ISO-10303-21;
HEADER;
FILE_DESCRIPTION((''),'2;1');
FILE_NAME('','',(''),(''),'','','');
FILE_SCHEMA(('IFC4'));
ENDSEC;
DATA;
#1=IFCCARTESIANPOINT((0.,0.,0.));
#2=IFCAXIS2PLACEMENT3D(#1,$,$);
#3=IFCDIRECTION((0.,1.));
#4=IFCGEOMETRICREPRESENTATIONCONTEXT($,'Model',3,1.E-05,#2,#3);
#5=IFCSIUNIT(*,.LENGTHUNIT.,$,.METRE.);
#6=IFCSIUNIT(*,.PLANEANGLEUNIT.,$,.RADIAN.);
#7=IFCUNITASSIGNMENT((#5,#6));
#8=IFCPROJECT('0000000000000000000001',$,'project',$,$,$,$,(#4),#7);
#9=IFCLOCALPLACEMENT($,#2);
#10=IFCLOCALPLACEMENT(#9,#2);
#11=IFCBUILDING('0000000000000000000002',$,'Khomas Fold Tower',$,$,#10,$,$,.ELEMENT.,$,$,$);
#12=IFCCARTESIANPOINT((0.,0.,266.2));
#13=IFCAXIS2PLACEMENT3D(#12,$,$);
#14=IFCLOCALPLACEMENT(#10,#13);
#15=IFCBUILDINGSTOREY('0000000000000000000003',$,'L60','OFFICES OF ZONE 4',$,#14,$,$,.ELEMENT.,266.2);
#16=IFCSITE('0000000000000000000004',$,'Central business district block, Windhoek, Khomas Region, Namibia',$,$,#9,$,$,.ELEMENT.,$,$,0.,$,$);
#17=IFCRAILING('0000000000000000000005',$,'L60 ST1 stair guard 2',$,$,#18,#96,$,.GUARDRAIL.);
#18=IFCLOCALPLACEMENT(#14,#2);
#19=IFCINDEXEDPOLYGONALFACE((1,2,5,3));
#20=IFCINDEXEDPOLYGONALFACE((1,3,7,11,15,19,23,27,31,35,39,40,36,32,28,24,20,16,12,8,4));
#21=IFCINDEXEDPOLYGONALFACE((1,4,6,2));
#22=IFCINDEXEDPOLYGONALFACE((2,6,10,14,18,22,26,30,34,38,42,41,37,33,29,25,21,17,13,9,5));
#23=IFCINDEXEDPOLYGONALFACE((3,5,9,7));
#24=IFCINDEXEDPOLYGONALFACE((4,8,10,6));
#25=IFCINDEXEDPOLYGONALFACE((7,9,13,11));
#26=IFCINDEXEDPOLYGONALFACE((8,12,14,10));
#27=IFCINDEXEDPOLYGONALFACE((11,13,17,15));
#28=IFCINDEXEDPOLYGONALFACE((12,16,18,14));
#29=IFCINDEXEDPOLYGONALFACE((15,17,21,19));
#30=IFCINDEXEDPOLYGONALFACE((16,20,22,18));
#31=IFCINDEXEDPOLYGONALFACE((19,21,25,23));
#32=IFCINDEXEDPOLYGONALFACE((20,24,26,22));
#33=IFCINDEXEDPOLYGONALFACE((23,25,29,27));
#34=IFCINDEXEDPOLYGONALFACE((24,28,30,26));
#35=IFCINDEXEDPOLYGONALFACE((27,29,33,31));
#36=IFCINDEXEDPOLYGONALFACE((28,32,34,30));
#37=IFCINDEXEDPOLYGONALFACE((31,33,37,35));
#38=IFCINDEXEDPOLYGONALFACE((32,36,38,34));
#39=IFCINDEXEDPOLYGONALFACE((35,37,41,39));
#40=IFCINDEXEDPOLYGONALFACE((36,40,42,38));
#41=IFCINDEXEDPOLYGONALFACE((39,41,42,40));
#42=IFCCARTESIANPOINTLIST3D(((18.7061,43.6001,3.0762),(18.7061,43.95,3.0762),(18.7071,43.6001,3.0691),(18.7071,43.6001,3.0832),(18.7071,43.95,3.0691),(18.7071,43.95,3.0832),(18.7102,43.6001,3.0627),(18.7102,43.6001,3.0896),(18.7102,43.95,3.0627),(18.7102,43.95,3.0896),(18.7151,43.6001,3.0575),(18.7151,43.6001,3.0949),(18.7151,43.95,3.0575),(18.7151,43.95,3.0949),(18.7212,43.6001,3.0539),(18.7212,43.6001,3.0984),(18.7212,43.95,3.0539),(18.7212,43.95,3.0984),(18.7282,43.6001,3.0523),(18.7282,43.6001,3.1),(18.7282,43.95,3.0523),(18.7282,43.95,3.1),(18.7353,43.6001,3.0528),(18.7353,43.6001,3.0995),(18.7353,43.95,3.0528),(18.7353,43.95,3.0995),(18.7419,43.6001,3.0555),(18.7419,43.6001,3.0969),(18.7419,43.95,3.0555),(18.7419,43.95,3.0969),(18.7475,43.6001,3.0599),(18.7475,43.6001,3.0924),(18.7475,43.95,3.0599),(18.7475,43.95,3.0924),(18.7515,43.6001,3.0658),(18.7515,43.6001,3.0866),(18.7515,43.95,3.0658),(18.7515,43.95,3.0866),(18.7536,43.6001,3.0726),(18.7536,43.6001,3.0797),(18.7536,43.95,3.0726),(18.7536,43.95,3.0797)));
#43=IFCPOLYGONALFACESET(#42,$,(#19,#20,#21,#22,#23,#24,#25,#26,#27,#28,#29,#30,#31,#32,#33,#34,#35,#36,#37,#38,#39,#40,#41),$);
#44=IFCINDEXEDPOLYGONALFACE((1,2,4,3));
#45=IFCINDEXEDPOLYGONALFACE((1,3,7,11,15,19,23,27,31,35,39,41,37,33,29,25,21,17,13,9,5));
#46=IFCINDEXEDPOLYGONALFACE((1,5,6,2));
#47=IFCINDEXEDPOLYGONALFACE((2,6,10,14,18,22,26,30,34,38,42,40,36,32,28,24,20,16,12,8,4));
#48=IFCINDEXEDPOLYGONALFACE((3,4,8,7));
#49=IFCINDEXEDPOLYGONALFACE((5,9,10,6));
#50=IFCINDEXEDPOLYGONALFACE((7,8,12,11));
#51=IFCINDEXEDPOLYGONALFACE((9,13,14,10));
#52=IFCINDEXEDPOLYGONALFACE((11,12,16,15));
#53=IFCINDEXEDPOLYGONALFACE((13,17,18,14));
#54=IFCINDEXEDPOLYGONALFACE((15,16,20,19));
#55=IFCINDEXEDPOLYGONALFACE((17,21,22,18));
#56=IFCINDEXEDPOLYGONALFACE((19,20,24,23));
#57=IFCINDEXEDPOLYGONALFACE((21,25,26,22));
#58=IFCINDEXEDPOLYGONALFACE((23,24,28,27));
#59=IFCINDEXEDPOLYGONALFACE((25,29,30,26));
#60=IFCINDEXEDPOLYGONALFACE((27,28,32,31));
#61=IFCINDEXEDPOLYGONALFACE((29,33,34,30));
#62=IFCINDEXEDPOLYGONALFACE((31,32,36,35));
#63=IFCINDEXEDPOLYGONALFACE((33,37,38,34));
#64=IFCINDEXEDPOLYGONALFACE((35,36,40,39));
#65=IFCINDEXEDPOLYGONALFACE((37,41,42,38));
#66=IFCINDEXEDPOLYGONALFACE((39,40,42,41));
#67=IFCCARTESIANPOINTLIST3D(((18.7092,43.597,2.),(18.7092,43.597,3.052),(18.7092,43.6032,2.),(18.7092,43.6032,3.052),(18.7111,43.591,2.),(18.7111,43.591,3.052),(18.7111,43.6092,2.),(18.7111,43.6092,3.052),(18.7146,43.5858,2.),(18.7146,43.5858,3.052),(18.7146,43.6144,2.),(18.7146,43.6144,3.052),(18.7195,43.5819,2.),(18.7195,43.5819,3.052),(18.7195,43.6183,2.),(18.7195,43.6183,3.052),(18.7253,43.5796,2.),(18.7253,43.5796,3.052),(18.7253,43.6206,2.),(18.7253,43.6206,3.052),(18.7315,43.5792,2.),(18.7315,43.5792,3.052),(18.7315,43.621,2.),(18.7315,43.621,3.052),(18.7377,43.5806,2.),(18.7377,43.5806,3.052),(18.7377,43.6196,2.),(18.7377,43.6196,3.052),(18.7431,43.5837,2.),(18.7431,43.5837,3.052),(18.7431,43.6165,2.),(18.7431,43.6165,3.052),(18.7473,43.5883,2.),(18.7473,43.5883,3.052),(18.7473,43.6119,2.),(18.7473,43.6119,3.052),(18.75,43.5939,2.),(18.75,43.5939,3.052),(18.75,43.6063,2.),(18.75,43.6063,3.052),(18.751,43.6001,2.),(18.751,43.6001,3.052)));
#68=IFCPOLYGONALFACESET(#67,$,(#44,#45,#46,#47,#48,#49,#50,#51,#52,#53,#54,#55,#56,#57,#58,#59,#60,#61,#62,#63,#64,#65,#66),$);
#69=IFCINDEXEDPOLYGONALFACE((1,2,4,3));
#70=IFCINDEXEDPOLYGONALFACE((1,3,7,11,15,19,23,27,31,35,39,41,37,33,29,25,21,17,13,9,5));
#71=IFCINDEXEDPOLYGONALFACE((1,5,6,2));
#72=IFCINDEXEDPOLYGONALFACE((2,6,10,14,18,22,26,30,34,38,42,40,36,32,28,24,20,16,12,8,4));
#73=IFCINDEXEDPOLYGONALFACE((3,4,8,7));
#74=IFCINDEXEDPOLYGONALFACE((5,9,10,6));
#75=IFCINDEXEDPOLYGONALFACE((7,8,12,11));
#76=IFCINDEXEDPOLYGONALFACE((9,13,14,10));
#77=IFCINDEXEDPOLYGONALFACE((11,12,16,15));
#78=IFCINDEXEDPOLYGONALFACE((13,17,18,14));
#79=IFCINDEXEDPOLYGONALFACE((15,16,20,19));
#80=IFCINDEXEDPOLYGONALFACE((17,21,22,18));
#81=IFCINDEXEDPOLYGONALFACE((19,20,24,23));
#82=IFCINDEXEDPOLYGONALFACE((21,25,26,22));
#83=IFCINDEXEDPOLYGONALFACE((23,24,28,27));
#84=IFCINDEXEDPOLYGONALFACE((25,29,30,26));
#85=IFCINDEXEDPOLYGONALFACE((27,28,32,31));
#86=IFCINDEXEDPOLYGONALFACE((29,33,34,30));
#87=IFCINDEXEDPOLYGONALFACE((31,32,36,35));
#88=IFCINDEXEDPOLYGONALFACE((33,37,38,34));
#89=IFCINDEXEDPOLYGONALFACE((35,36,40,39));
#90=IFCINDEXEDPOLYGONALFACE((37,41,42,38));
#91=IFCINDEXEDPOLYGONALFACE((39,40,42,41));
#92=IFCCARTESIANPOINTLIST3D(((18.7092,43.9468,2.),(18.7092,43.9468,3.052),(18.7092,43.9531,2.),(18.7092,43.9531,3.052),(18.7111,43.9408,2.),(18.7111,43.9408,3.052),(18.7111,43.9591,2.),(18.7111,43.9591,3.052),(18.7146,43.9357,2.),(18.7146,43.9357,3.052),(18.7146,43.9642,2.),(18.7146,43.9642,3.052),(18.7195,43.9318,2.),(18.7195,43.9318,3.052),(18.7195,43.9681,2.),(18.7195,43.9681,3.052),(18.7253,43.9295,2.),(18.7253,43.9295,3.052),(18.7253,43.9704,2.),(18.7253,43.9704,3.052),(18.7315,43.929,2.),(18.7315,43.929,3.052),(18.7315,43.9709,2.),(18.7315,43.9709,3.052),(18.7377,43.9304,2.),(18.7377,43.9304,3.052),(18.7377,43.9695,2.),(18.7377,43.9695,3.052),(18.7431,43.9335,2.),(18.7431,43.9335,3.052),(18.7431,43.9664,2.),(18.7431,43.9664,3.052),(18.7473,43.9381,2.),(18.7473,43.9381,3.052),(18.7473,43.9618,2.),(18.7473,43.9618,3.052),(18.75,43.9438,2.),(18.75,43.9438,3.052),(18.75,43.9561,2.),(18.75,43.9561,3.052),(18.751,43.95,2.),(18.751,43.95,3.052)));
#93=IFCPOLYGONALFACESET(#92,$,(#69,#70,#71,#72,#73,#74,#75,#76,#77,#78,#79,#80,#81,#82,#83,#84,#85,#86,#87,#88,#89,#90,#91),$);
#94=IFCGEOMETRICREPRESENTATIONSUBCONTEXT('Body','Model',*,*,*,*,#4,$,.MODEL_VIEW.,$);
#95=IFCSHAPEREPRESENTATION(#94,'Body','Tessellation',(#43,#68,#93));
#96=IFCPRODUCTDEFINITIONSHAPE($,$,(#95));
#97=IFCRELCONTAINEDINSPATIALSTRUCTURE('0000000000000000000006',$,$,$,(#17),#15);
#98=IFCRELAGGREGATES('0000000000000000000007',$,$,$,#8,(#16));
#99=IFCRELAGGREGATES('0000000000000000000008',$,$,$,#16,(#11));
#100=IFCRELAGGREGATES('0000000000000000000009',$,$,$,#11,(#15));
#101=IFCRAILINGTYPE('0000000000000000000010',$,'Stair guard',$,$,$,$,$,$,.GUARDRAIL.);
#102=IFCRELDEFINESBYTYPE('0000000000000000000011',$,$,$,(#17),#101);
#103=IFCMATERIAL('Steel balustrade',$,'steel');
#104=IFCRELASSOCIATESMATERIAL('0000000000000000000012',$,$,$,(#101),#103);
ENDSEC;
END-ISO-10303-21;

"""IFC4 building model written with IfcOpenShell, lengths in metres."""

from ifc_helpers import new_model, si_unit, direction, frame, origin, origin_2d, place, context, subcontext, project, spatial, circle, extrude, source, transform, mapped, material, type_object, element, save


model = new_model("IFC4")

# Units and contexts
model_context = context("Model", 3, precision=1e-05, world=origin(), true_north=direction((0.0, 1.0)))
body_context = subcontext(model_context, "Body", "Model", "MODEL_VIEW")
ifc_project = project(units=[si_unit("LENGTHUNIT", "METRE"), si_unit("PLANEANGLEUNIT", "RADIAN")], contexts=[model_context])

# Site, building, storey
site_placement = place(None, origin())
site = spatial("IfcSite", under=ifc_project, at=site_placement, Name="Central business district block, Windhoek, Khomas Region, Namibia", CompositionType="ELEMENT", RefElevation=0.0)
building_placement = place(site_placement, origin())
building = spatial("IfcBuilding", under=site, at=building_placement, Name="Khomas Fold Tower", CompositionType="ELEMENT")
storey_placement = place(building_placement, frame((0.0, 0.0, 266.2)))
storey = spatial("IfcBuildingStorey", under=building, at=storey_placement, Name="L60", Description="OFFICES OF ZONE 4", CompositionType="ELEMENT", Elevation=266.2)

# Railing
ifc_material_1 = material(Name="Steel balustrade", Category="steel")
railing_type_1 = type_object("IfcRailingType", Name="Stair guard", PredefinedType="GUARDRAIL", material=ifc_material_1)
shared_shape_1 = source(origin(), body_context, "Body", "SweptSolid", [
    extrude(circle(Radius=0.0239, at=origin_2d()), frame((0.0, 0.0, 1.0762), z_axis=(0.0, 1.0, 0.0), x_axis=(-1.0, 0.0, 0.0)), (0.0, 0.0, 1.0), 0.3499),
    extrude(circle(Radius=0.021, at=origin_2d()), origin(), (0.0, 0.0, 1.0), 1.052),
    extrude(circle(Radius=0.021, at=origin_2d()), frame((0.0, 0.3499, 0.0)), (0.0, 0.0, 1.0), 1.052),
])
railing_1_placement = place(storey_placement, frame((18.73, 43.6001, 2.0)))
element("IfcRailing", 1, at=railing_1_placement, inside=storey, type_object=railing_type_1, Name="L60 ST1 stair guard 2", PredefinedType="GUARDRAIL", context=body_context, shape_type="MappedRepresentation", body=[
    mapped(shared_shape_1, transform((0.0, 0.0, 0.0))),
])

save(model, "model.ifc")
